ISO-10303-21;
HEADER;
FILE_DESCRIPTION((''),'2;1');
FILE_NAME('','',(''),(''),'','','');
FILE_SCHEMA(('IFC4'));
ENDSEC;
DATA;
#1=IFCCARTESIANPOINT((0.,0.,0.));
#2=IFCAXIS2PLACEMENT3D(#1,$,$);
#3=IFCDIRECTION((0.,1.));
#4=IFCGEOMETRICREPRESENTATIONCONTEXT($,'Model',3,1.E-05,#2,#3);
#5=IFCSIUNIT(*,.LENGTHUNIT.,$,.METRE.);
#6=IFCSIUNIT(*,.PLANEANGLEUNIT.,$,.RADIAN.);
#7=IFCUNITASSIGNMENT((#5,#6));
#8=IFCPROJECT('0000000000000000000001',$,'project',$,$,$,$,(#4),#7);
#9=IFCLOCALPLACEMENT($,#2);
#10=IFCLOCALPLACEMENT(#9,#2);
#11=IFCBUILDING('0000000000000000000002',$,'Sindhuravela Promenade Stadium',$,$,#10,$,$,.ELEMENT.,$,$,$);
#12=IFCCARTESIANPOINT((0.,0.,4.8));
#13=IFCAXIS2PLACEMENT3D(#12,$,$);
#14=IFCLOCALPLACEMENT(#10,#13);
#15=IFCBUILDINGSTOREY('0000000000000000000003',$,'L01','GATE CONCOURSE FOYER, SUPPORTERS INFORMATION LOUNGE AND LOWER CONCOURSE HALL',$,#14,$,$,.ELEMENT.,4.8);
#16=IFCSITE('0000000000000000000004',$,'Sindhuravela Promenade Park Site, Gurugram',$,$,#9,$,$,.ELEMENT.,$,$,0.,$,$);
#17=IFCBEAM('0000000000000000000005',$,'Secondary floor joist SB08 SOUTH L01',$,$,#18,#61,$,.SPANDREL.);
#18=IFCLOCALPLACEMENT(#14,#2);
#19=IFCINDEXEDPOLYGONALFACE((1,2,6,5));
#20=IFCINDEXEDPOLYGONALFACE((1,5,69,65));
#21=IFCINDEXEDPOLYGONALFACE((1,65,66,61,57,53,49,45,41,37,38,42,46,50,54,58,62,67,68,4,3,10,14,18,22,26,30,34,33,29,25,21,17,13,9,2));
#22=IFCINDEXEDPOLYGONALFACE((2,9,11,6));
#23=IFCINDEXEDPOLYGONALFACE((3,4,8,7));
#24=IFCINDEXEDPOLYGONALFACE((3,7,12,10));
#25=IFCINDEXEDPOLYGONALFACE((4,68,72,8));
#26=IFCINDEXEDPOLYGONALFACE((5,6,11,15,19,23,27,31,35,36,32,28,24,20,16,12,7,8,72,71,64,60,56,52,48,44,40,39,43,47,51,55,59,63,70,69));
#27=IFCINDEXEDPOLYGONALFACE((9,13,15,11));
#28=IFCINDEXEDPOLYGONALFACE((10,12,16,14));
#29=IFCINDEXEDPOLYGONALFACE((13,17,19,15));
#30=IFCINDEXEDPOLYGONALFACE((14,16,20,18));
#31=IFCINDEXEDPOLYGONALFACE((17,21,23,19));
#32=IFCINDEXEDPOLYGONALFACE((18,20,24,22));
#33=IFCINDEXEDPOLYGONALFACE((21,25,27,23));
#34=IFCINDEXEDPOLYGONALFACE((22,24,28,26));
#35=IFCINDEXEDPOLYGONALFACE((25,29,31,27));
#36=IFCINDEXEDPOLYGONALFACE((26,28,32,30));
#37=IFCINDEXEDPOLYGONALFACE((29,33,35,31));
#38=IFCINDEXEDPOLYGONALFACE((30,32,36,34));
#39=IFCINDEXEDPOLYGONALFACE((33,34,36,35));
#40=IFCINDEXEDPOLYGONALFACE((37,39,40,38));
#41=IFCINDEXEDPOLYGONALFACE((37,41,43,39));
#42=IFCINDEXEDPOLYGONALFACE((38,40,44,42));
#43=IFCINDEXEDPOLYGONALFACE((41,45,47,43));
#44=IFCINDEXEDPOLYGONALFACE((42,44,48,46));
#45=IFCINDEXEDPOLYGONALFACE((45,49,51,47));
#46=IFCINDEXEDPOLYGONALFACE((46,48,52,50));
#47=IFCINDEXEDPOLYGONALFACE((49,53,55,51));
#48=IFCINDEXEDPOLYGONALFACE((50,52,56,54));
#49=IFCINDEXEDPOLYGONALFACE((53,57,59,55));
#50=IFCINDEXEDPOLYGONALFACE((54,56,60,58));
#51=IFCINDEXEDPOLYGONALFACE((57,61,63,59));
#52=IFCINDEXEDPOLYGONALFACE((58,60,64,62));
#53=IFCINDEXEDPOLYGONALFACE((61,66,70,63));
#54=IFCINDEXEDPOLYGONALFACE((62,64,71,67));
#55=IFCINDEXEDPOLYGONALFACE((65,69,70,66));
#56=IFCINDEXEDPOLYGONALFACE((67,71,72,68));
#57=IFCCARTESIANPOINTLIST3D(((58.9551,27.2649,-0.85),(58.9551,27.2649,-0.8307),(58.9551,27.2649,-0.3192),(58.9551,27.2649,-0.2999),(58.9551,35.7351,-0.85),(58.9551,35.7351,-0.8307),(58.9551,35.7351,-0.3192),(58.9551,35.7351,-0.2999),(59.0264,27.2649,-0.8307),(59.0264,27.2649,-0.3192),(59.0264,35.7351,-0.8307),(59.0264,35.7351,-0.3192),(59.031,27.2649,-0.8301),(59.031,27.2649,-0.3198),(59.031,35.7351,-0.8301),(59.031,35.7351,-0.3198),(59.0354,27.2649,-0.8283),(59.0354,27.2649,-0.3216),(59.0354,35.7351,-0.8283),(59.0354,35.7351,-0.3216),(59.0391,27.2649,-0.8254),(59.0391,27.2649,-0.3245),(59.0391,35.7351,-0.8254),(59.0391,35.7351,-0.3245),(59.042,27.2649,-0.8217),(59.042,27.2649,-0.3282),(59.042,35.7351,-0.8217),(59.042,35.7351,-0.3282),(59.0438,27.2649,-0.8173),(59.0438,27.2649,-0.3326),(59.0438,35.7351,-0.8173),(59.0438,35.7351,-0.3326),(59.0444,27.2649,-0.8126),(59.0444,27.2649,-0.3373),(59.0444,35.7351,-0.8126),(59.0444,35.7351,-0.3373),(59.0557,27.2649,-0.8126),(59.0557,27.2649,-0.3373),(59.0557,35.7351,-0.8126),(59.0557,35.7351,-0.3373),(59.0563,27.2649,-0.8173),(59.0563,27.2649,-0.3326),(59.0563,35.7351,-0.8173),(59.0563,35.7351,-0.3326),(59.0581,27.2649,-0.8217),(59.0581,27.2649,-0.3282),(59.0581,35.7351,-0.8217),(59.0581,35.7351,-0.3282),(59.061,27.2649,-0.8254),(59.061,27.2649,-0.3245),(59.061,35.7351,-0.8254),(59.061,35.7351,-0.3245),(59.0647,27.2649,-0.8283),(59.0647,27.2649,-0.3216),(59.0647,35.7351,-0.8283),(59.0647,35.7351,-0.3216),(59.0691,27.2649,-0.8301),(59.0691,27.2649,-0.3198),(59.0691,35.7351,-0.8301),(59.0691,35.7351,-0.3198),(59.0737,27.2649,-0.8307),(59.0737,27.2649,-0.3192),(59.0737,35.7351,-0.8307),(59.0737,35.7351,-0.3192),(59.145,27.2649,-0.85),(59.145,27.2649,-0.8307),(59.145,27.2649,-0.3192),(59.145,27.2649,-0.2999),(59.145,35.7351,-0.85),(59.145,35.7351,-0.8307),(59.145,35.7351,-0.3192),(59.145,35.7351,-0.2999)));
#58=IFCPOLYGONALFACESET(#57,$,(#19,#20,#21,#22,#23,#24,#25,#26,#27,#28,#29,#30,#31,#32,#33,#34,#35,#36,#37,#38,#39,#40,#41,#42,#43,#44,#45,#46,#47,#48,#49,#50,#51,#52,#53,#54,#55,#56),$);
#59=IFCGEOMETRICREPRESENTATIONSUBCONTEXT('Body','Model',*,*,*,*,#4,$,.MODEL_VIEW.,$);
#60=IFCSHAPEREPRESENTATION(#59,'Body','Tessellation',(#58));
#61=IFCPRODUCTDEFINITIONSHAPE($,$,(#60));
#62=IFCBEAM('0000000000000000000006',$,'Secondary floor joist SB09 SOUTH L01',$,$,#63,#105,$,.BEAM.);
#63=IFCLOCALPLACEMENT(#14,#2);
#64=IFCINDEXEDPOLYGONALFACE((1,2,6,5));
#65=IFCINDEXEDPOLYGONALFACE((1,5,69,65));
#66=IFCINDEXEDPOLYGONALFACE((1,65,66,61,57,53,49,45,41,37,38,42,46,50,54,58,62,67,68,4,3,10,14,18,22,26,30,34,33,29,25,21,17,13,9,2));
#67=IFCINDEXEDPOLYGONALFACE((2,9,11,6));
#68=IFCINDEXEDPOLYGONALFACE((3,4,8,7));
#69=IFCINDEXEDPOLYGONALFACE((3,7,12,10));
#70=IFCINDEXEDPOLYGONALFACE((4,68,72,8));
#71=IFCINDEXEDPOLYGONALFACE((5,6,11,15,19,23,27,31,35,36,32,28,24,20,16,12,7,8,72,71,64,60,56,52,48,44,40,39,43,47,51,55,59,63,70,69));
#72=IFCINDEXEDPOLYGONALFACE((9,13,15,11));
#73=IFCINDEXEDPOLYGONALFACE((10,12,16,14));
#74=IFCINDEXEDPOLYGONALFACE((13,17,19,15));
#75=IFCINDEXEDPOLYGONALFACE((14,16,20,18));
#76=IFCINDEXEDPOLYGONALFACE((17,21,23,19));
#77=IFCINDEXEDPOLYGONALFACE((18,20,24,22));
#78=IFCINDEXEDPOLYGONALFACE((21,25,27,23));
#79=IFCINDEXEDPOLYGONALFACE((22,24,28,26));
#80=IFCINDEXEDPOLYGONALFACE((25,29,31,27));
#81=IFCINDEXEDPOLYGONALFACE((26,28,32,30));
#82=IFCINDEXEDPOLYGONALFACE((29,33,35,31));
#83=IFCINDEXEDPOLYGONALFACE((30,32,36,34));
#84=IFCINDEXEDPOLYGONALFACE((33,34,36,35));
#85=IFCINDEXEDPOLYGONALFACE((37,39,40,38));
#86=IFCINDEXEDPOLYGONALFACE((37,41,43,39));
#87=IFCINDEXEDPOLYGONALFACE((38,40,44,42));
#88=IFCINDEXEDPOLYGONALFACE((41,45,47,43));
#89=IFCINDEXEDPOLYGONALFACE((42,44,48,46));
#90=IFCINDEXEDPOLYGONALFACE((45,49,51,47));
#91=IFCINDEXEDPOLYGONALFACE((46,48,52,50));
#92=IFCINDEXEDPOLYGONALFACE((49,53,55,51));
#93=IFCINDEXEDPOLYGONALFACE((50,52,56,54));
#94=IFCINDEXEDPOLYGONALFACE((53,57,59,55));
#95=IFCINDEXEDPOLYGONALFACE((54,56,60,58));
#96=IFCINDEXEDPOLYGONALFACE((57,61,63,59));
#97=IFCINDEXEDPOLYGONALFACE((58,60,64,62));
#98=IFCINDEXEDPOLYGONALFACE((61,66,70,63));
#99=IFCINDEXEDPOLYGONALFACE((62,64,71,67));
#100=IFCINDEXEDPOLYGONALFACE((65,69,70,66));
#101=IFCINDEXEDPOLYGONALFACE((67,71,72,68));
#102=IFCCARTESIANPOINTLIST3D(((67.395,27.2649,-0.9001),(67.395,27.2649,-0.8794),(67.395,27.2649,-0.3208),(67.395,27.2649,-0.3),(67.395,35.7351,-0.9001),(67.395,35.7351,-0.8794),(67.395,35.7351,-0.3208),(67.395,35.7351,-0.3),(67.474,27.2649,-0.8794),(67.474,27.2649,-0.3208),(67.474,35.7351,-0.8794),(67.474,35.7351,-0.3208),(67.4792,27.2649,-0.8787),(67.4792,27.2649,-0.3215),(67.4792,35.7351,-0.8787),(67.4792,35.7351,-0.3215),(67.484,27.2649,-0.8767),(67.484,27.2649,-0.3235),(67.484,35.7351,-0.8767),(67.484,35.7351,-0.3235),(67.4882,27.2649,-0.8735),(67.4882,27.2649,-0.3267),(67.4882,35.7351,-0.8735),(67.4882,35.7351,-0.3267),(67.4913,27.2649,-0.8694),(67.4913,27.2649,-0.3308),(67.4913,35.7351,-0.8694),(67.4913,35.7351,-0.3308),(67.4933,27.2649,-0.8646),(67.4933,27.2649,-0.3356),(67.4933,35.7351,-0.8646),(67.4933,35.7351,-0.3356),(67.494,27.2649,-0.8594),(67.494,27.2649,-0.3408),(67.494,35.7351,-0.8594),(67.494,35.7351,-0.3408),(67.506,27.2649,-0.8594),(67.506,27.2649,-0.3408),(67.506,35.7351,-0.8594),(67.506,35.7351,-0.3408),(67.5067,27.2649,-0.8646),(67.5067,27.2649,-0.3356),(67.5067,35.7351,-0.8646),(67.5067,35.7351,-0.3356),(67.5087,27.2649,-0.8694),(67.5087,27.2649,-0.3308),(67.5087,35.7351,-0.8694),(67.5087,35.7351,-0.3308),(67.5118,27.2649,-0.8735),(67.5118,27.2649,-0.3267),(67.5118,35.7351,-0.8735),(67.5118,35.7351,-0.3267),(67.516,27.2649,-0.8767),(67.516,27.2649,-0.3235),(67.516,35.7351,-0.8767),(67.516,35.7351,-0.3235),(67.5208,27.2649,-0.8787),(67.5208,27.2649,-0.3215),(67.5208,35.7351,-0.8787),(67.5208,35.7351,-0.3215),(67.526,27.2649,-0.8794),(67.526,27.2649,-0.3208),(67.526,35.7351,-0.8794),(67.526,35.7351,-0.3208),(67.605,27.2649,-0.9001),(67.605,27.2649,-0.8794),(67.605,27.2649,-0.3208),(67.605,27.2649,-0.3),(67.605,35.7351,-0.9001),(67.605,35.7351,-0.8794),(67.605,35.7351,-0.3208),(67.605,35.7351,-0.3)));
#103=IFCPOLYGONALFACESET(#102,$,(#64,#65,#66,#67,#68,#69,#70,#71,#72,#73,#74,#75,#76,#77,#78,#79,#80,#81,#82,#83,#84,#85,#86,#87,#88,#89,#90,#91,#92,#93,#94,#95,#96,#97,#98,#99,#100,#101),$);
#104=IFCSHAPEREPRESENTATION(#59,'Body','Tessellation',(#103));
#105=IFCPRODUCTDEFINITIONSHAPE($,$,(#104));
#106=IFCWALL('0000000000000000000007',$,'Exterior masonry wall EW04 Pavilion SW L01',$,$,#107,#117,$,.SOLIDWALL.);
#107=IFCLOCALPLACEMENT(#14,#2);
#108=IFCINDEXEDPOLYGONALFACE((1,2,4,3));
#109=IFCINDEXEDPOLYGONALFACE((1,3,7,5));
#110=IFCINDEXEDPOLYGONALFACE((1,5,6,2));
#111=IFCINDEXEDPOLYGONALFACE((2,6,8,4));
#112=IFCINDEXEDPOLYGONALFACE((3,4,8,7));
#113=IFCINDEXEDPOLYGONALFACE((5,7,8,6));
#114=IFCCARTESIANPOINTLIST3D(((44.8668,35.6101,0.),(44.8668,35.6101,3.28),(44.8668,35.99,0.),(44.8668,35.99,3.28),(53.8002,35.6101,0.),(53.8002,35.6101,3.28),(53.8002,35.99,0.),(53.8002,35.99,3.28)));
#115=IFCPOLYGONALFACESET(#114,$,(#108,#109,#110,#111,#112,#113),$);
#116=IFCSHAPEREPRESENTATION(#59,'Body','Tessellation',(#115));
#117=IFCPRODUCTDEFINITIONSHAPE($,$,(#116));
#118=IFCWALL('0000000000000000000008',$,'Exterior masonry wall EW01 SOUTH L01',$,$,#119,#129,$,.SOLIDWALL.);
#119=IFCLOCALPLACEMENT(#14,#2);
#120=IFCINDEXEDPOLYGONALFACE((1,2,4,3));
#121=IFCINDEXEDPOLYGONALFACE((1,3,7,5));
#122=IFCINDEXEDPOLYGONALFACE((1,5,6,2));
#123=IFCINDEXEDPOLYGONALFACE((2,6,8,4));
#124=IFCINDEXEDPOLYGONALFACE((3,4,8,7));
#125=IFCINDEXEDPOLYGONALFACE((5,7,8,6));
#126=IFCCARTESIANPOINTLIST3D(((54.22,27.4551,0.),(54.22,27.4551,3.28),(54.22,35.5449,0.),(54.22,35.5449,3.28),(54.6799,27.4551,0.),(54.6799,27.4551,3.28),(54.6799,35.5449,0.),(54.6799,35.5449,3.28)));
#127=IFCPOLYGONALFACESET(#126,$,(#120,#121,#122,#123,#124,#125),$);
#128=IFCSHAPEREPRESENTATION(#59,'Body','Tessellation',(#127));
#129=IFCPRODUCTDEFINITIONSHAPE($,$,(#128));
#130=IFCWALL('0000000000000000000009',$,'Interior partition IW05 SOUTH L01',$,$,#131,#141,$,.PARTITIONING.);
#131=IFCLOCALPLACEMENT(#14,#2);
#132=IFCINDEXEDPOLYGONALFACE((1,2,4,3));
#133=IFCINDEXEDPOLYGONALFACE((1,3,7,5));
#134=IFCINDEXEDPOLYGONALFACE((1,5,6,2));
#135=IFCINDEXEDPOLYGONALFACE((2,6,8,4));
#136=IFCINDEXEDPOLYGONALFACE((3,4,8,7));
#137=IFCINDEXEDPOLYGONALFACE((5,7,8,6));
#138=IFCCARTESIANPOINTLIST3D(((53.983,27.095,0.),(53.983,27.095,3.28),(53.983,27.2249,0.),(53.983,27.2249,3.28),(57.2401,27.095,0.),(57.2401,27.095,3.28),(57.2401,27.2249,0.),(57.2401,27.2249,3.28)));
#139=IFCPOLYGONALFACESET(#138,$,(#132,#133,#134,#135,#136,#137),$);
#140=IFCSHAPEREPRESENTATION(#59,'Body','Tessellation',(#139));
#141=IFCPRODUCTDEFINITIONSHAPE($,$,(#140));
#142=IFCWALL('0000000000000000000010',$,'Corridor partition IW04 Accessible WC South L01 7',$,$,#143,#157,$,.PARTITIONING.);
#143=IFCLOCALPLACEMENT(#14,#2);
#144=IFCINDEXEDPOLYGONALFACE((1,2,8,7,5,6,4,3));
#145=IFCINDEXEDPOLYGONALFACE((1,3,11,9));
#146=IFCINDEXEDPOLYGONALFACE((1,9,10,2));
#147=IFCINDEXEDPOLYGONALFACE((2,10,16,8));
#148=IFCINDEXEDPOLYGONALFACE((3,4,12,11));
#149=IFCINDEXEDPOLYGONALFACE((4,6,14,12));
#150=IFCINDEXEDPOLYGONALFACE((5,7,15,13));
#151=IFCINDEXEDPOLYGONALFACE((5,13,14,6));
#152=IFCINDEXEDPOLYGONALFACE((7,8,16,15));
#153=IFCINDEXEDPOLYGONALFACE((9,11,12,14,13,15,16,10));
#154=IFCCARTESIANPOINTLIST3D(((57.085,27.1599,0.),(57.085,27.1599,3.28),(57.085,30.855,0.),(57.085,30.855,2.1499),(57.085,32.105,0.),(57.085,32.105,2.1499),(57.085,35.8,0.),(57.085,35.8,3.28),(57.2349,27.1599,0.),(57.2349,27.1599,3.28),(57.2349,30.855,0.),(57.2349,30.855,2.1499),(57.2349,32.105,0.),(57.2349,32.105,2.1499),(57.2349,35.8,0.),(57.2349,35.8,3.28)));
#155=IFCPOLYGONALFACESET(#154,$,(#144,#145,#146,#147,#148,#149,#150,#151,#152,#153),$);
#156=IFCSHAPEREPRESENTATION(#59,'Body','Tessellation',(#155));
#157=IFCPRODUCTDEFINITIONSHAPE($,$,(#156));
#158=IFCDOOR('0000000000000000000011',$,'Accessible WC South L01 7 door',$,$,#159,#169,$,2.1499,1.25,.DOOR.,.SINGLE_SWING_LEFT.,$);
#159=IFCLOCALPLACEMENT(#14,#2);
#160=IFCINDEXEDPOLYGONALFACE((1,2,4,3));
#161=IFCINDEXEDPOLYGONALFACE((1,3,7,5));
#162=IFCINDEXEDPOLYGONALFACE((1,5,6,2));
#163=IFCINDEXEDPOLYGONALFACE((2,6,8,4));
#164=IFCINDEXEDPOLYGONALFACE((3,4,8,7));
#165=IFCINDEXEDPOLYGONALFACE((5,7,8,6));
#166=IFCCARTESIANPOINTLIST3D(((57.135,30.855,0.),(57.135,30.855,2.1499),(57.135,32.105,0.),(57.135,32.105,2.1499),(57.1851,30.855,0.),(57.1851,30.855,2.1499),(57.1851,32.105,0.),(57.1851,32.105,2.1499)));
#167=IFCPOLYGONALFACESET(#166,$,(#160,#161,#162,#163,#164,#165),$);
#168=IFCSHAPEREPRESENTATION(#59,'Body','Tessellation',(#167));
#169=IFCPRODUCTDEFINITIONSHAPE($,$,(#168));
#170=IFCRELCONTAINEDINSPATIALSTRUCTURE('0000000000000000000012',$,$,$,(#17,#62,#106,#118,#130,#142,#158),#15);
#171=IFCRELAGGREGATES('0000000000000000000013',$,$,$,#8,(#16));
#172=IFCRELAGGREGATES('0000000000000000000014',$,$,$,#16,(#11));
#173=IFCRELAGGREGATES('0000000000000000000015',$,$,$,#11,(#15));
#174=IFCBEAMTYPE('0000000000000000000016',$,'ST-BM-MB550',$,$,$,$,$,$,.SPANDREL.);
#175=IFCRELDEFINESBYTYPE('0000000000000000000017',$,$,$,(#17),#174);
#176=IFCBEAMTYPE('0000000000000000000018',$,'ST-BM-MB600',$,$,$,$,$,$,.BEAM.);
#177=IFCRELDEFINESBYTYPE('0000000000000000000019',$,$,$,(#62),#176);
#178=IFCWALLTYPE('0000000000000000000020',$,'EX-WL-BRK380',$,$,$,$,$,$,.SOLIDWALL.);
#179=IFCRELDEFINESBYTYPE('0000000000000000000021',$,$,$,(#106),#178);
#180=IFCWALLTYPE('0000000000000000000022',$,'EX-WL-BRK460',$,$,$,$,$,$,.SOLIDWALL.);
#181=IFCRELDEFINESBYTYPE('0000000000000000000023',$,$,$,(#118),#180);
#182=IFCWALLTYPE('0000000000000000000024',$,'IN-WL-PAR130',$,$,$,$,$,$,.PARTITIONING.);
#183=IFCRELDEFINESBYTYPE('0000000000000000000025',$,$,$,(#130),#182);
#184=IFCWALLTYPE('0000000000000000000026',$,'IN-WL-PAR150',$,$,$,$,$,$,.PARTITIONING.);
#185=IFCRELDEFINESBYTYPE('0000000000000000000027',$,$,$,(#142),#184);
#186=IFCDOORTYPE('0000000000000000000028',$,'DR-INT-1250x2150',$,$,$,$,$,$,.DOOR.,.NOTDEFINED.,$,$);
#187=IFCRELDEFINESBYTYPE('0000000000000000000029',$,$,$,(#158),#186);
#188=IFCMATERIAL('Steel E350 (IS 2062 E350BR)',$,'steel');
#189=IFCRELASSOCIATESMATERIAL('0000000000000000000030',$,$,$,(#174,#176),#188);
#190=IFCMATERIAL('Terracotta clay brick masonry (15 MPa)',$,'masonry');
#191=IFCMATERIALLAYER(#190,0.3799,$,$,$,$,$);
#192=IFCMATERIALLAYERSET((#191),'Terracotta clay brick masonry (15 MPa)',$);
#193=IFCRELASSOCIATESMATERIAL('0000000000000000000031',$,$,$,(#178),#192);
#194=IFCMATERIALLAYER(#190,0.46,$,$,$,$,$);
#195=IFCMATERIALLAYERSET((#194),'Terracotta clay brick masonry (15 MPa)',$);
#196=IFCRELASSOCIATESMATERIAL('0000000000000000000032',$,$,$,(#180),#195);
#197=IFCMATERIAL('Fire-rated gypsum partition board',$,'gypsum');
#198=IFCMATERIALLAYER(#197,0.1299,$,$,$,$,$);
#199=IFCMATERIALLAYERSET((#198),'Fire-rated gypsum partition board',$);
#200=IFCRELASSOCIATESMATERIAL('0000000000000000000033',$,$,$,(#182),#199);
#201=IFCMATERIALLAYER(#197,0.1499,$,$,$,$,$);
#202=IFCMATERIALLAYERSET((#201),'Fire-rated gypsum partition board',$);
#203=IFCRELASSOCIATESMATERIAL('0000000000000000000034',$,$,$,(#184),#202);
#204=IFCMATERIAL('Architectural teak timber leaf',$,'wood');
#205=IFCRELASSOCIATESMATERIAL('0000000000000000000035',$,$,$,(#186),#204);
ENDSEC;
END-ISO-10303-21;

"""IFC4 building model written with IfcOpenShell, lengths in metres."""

from ifc_helpers import new_model, si_unit, direction, frame, frame_2d, origin, origin_2d, place, context, subcontext, project, spatial, rectangle, i_section, extrude, material, layer, layer_set, material_profile, profile_set, type_object, element, fill, save


model = new_model("IFC4")

# Units and contexts
model_context = context("Model", 3, precision=1e-05, world=origin(), true_north=direction((0.0, 1.0)))
body_context = subcontext(model_context, "Body", "Model", "MODEL_VIEW")
ifc_project = project(units=[si_unit("LENGTHUNIT", "METRE"), si_unit("PLANEANGLEUNIT", "RADIAN")], contexts=[model_context])

# Site, building, storey
site_placement = place(None, origin())
site = spatial("IfcSite", under=ifc_project, at=site_placement, Name="Sindhuravela Promenade Park Site, Gurugram", CompositionType="ELEMENT", RefElevation=0.0)
building_placement = place(site_placement, origin())
building = spatial("IfcBuilding", under=site, at=building_placement, Name="Sindhuravela Promenade Stadium", CompositionType="ELEMENT")
storey_placement = place(building_placement, frame((0.0, 0.0, 4.8)))
storey = spatial("IfcBuildingStorey", under=building, at=storey_placement, Name="L01", Description="GATE CONCOURSE FOYER, SUPPORTERS INFORMATION LOUNGE AND LOWER CONCOURSE HALL", CompositionType="ELEMENT", Elevation=4.8)

# Beams
ifc_material_1 = material(Name="Steel E350 (IS 2062 E350BR)", Category="steel")
ifc_material_profile_1 = material_profile(ifc_material_1, i_section(OverallWidth=0.1899, OverallDepth=0.55, WebThickness=0.0112, FlangeThickness=0.0193, FilletRadius=0.0181, at=origin_2d()), Name="ISMB 550")
ifc_profile_set_1 = profile_set([ifc_material_profile_1], Name="Steel E350 (IS 2062 E350BR)")
beam_type_1 = type_object("IfcBeamType", Name="ST-BM-MB550", PredefinedType="SPANDREL", material=ifc_profile_set_1)
beam_1_placement = place(storey_placement, frame((59.05, 27.2649, -0.575), z_axis=(0.0, 1.0, 0.0), x_axis=(-1.0, 0.0, 0.0)))
element("IfcBeam", 1, at=beam_1_placement, inside=storey, type_object=beam_type_1, Name="Secondary floor joist SB08 SOUTH L01", PredefinedType="SPANDREL", context=body_context, shape_type="SweptSolid", body=[
    extrude(i_section(OverallWidth=0.1899, OverallDepth=0.55, WebThickness=0.0112, FlangeThickness=0.0193, FilletRadius=0.0181, at=origin_2d()), origin(), (0.0, 0.0, 1.0), 8.4702),
])
ifc_material_profile_2 = material_profile(ifc_material_1, i_section(OverallWidth=0.21, OverallDepth=0.6001, WebThickness=0.012, FlangeThickness=0.0208, FilletRadius=0.02, at=origin_2d()), Name="ISMB 600")
ifc_profile_set_2 = profile_set([ifc_material_profile_2], Name="Steel E350 (IS 2062 E350BR)")
beam_type_2 = type_object("IfcBeamType", Name="ST-BM-MB600", PredefinedType="BEAM", material=ifc_profile_set_2)
beam_2_placement = place(storey_placement, frame((67.5, 27.2649, -0.6001), z_axis=(0.0, 1.0, 0.0), x_axis=(-1.0, 0.0, 0.0)))
element("IfcBeam", 2, at=beam_2_placement, inside=storey, type_object=beam_type_2, Name="Secondary floor joist SB09 SOUTH L01", PredefinedType="BEAM", context=body_context, shape_type="SweptSolid", body=[
    extrude(i_section(OverallWidth=0.21, OverallDepth=0.6001, WebThickness=0.012, FlangeThickness=0.0208, FilletRadius=0.02, at=origin_2d()), origin(), (0.0, 0.0, 1.0), 8.4702),
])

# Walls
ifc_material_2 = material(Name="Terracotta clay brick masonry (15 MPa)", Category="masonry")
ifc_layer_1 = layer(ifc_material_2, 0.3799)
ifc_layer_set_1 = layer_set([ifc_layer_1], Name="Terracotta clay brick masonry (15 MPa)")
wall_type_1 = type_object("IfcWallType", Name="EX-WL-BRK380", PredefinedType="SOLIDWALL", material=ifc_layer_set_1)
wall_1_placement = place(storey_placement, frame((44.8667, 35.8, 0.0), z_axis=(0.0, 0.0, 1.0), x_axis=(1.0, 0.0, 0.0)))
element("IfcWall", 3, at=wall_1_placement, inside=storey, type_object=wall_type_1, Name="Exterior masonry wall EW04 Pavilion SW L01", PredefinedType="SOLIDWALL", context=body_context, shape_type="SweptSolid", body=[
    extrude(rectangle(XDim=8.9333, YDim=0.3799, at=frame_2d((4.4668, 0.0))), origin(), (0.0, 0.0, 1.0), 3.28),
])
ifc_layer_2 = layer(ifc_material_2, 0.46)
ifc_layer_set_2 = layer_set([ifc_layer_2], Name="Terracotta clay brick masonry (15 MPa)")
wall_type_2 = type_object("IfcWallType", Name="EX-WL-BRK460", PredefinedType="SOLIDWALL", material=ifc_layer_set_2)
wall_2_placement = place(storey_placement, frame((54.45, 27.4551, 0.0), z_axis=(0.0, 0.0, 1.0), x_axis=(0.0, 1.0, 0.0)))
element("IfcWall", 4, at=wall_2_placement, inside=storey, type_object=wall_type_2, Name="Exterior masonry wall EW01 SOUTH L01", PredefinedType="SOLIDWALL", context=body_context, shape_type="SweptSolid", body=[
    extrude(rectangle(XDim=8.0898, YDim=0.46, at=frame_2d((4.0449, 0.0))), origin(), (0.0, 0.0, 1.0), 3.28),
])
ifc_material_3 = material(Name="Fire-rated gypsum partition board", Category="gypsum")
ifc_layer_3 = layer(ifc_material_3, 0.1299)
ifc_layer_set_3 = layer_set([ifc_layer_3], Name="Fire-rated gypsum partition board")
wall_type_3 = type_object("IfcWallType", Name="IN-WL-PAR130", PredefinedType="PARTITIONING", material=ifc_layer_set_3)
wall_3_placement = place(storey_placement, frame((57.24, 27.1599, 0.0), z_axis=(0.0, 0.0, 1.0), x_axis=(-1.0, 0.0, 0.0)))
element("IfcWall", 5, at=wall_3_placement, inside=storey, type_object=wall_type_3, Name="Interior partition IW05 SOUTH L01", PredefinedType="PARTITIONING", context=body_context, shape_type="SweptSolid", body=[
    extrude(rectangle(XDim=3.2571, YDim=0.1299, at=frame_2d((1.6284, 0.0))), origin(), (0.0, 0.0, 1.0), 3.28),
])

# Wall, opening, door
ifc_layer_4 = layer(ifc_material_3, 0.1499)
ifc_layer_set_4 = layer_set([ifc_layer_4], Name="Fire-rated gypsum partition board")
wall_type_4 = type_object("IfcWallType", Name="IN-WL-PAR150", PredefinedType="PARTITIONING", material=ifc_layer_set_4)
wall_4_placement = place(storey_placement, frame((57.1599, 27.1599, 0.0), z_axis=(0.0, 0.0, 1.0), x_axis=(0.0, 1.0, 0.0)))
wall_4 = element("IfcWall", 6, at=wall_4_placement, inside=storey, type_object=wall_type_4, Name="Corridor partition IW04 Accessible WC South L01 7", PredefinedType="PARTITIONING", context=body_context, shape_type="SweptSolid", body=[
    extrude(rectangle(XDim=8.6401, YDim=0.1499, at=frame_2d((4.3201, 0.0))), origin(), (0.0, 0.0, 1.0), 3.28),
])
opening_placement = place(wall_4_placement, frame((3.6951, 0.0, 0.0)))
opening = element("IfcOpeningElement", 7, at=opening_placement, cuts=wall_4, PredefinedType="OPENING", context=body_context, shape_type="SweptSolid", body=[
    extrude(rectangle(XDim=1.25, YDim=2.1499, at=frame_2d((0.625, 1.075))), frame((0.0, 0.085, 0.0), z_axis=(0.0, -1.0, 0.0), x_axis=(1.0, 0.0, 0.0)), (0.0, 0.0, 1.0), 0.1699),
])
ifc_material_4 = material(Name="Architectural teak timber leaf", Category="wood")
door_type = type_object("IfcDoorType", Name="DR-INT-1250x2150", OperationType="NOTDEFINED", PredefinedType="DOOR", material=ifc_material_4)
door_placement = place(opening_placement, origin())
door = element("IfcDoor", 8, at=door_placement, inside=storey, type_object=door_type, Name="Accessible WC South L01 7 door", OperationType="SINGLE_SWING_LEFT", OverallHeight=2.1499, OverallWidth=1.25, PredefinedType="DOOR", context=body_context, shape_type="SweptSolid", body=[
    extrude(rectangle(XDim=1.25, YDim=2.1499, at=frame_2d((0.625, 1.075))), frame((0.0, 0.0249, 0.0), z_axis=(0.0, -1.0, 0.0), x_axis=(1.0, 0.0, 0.0)), (0.0, 0.0, 1.0), 0.05),
])
fill(opening, door)

save(model, "model.ifc")
